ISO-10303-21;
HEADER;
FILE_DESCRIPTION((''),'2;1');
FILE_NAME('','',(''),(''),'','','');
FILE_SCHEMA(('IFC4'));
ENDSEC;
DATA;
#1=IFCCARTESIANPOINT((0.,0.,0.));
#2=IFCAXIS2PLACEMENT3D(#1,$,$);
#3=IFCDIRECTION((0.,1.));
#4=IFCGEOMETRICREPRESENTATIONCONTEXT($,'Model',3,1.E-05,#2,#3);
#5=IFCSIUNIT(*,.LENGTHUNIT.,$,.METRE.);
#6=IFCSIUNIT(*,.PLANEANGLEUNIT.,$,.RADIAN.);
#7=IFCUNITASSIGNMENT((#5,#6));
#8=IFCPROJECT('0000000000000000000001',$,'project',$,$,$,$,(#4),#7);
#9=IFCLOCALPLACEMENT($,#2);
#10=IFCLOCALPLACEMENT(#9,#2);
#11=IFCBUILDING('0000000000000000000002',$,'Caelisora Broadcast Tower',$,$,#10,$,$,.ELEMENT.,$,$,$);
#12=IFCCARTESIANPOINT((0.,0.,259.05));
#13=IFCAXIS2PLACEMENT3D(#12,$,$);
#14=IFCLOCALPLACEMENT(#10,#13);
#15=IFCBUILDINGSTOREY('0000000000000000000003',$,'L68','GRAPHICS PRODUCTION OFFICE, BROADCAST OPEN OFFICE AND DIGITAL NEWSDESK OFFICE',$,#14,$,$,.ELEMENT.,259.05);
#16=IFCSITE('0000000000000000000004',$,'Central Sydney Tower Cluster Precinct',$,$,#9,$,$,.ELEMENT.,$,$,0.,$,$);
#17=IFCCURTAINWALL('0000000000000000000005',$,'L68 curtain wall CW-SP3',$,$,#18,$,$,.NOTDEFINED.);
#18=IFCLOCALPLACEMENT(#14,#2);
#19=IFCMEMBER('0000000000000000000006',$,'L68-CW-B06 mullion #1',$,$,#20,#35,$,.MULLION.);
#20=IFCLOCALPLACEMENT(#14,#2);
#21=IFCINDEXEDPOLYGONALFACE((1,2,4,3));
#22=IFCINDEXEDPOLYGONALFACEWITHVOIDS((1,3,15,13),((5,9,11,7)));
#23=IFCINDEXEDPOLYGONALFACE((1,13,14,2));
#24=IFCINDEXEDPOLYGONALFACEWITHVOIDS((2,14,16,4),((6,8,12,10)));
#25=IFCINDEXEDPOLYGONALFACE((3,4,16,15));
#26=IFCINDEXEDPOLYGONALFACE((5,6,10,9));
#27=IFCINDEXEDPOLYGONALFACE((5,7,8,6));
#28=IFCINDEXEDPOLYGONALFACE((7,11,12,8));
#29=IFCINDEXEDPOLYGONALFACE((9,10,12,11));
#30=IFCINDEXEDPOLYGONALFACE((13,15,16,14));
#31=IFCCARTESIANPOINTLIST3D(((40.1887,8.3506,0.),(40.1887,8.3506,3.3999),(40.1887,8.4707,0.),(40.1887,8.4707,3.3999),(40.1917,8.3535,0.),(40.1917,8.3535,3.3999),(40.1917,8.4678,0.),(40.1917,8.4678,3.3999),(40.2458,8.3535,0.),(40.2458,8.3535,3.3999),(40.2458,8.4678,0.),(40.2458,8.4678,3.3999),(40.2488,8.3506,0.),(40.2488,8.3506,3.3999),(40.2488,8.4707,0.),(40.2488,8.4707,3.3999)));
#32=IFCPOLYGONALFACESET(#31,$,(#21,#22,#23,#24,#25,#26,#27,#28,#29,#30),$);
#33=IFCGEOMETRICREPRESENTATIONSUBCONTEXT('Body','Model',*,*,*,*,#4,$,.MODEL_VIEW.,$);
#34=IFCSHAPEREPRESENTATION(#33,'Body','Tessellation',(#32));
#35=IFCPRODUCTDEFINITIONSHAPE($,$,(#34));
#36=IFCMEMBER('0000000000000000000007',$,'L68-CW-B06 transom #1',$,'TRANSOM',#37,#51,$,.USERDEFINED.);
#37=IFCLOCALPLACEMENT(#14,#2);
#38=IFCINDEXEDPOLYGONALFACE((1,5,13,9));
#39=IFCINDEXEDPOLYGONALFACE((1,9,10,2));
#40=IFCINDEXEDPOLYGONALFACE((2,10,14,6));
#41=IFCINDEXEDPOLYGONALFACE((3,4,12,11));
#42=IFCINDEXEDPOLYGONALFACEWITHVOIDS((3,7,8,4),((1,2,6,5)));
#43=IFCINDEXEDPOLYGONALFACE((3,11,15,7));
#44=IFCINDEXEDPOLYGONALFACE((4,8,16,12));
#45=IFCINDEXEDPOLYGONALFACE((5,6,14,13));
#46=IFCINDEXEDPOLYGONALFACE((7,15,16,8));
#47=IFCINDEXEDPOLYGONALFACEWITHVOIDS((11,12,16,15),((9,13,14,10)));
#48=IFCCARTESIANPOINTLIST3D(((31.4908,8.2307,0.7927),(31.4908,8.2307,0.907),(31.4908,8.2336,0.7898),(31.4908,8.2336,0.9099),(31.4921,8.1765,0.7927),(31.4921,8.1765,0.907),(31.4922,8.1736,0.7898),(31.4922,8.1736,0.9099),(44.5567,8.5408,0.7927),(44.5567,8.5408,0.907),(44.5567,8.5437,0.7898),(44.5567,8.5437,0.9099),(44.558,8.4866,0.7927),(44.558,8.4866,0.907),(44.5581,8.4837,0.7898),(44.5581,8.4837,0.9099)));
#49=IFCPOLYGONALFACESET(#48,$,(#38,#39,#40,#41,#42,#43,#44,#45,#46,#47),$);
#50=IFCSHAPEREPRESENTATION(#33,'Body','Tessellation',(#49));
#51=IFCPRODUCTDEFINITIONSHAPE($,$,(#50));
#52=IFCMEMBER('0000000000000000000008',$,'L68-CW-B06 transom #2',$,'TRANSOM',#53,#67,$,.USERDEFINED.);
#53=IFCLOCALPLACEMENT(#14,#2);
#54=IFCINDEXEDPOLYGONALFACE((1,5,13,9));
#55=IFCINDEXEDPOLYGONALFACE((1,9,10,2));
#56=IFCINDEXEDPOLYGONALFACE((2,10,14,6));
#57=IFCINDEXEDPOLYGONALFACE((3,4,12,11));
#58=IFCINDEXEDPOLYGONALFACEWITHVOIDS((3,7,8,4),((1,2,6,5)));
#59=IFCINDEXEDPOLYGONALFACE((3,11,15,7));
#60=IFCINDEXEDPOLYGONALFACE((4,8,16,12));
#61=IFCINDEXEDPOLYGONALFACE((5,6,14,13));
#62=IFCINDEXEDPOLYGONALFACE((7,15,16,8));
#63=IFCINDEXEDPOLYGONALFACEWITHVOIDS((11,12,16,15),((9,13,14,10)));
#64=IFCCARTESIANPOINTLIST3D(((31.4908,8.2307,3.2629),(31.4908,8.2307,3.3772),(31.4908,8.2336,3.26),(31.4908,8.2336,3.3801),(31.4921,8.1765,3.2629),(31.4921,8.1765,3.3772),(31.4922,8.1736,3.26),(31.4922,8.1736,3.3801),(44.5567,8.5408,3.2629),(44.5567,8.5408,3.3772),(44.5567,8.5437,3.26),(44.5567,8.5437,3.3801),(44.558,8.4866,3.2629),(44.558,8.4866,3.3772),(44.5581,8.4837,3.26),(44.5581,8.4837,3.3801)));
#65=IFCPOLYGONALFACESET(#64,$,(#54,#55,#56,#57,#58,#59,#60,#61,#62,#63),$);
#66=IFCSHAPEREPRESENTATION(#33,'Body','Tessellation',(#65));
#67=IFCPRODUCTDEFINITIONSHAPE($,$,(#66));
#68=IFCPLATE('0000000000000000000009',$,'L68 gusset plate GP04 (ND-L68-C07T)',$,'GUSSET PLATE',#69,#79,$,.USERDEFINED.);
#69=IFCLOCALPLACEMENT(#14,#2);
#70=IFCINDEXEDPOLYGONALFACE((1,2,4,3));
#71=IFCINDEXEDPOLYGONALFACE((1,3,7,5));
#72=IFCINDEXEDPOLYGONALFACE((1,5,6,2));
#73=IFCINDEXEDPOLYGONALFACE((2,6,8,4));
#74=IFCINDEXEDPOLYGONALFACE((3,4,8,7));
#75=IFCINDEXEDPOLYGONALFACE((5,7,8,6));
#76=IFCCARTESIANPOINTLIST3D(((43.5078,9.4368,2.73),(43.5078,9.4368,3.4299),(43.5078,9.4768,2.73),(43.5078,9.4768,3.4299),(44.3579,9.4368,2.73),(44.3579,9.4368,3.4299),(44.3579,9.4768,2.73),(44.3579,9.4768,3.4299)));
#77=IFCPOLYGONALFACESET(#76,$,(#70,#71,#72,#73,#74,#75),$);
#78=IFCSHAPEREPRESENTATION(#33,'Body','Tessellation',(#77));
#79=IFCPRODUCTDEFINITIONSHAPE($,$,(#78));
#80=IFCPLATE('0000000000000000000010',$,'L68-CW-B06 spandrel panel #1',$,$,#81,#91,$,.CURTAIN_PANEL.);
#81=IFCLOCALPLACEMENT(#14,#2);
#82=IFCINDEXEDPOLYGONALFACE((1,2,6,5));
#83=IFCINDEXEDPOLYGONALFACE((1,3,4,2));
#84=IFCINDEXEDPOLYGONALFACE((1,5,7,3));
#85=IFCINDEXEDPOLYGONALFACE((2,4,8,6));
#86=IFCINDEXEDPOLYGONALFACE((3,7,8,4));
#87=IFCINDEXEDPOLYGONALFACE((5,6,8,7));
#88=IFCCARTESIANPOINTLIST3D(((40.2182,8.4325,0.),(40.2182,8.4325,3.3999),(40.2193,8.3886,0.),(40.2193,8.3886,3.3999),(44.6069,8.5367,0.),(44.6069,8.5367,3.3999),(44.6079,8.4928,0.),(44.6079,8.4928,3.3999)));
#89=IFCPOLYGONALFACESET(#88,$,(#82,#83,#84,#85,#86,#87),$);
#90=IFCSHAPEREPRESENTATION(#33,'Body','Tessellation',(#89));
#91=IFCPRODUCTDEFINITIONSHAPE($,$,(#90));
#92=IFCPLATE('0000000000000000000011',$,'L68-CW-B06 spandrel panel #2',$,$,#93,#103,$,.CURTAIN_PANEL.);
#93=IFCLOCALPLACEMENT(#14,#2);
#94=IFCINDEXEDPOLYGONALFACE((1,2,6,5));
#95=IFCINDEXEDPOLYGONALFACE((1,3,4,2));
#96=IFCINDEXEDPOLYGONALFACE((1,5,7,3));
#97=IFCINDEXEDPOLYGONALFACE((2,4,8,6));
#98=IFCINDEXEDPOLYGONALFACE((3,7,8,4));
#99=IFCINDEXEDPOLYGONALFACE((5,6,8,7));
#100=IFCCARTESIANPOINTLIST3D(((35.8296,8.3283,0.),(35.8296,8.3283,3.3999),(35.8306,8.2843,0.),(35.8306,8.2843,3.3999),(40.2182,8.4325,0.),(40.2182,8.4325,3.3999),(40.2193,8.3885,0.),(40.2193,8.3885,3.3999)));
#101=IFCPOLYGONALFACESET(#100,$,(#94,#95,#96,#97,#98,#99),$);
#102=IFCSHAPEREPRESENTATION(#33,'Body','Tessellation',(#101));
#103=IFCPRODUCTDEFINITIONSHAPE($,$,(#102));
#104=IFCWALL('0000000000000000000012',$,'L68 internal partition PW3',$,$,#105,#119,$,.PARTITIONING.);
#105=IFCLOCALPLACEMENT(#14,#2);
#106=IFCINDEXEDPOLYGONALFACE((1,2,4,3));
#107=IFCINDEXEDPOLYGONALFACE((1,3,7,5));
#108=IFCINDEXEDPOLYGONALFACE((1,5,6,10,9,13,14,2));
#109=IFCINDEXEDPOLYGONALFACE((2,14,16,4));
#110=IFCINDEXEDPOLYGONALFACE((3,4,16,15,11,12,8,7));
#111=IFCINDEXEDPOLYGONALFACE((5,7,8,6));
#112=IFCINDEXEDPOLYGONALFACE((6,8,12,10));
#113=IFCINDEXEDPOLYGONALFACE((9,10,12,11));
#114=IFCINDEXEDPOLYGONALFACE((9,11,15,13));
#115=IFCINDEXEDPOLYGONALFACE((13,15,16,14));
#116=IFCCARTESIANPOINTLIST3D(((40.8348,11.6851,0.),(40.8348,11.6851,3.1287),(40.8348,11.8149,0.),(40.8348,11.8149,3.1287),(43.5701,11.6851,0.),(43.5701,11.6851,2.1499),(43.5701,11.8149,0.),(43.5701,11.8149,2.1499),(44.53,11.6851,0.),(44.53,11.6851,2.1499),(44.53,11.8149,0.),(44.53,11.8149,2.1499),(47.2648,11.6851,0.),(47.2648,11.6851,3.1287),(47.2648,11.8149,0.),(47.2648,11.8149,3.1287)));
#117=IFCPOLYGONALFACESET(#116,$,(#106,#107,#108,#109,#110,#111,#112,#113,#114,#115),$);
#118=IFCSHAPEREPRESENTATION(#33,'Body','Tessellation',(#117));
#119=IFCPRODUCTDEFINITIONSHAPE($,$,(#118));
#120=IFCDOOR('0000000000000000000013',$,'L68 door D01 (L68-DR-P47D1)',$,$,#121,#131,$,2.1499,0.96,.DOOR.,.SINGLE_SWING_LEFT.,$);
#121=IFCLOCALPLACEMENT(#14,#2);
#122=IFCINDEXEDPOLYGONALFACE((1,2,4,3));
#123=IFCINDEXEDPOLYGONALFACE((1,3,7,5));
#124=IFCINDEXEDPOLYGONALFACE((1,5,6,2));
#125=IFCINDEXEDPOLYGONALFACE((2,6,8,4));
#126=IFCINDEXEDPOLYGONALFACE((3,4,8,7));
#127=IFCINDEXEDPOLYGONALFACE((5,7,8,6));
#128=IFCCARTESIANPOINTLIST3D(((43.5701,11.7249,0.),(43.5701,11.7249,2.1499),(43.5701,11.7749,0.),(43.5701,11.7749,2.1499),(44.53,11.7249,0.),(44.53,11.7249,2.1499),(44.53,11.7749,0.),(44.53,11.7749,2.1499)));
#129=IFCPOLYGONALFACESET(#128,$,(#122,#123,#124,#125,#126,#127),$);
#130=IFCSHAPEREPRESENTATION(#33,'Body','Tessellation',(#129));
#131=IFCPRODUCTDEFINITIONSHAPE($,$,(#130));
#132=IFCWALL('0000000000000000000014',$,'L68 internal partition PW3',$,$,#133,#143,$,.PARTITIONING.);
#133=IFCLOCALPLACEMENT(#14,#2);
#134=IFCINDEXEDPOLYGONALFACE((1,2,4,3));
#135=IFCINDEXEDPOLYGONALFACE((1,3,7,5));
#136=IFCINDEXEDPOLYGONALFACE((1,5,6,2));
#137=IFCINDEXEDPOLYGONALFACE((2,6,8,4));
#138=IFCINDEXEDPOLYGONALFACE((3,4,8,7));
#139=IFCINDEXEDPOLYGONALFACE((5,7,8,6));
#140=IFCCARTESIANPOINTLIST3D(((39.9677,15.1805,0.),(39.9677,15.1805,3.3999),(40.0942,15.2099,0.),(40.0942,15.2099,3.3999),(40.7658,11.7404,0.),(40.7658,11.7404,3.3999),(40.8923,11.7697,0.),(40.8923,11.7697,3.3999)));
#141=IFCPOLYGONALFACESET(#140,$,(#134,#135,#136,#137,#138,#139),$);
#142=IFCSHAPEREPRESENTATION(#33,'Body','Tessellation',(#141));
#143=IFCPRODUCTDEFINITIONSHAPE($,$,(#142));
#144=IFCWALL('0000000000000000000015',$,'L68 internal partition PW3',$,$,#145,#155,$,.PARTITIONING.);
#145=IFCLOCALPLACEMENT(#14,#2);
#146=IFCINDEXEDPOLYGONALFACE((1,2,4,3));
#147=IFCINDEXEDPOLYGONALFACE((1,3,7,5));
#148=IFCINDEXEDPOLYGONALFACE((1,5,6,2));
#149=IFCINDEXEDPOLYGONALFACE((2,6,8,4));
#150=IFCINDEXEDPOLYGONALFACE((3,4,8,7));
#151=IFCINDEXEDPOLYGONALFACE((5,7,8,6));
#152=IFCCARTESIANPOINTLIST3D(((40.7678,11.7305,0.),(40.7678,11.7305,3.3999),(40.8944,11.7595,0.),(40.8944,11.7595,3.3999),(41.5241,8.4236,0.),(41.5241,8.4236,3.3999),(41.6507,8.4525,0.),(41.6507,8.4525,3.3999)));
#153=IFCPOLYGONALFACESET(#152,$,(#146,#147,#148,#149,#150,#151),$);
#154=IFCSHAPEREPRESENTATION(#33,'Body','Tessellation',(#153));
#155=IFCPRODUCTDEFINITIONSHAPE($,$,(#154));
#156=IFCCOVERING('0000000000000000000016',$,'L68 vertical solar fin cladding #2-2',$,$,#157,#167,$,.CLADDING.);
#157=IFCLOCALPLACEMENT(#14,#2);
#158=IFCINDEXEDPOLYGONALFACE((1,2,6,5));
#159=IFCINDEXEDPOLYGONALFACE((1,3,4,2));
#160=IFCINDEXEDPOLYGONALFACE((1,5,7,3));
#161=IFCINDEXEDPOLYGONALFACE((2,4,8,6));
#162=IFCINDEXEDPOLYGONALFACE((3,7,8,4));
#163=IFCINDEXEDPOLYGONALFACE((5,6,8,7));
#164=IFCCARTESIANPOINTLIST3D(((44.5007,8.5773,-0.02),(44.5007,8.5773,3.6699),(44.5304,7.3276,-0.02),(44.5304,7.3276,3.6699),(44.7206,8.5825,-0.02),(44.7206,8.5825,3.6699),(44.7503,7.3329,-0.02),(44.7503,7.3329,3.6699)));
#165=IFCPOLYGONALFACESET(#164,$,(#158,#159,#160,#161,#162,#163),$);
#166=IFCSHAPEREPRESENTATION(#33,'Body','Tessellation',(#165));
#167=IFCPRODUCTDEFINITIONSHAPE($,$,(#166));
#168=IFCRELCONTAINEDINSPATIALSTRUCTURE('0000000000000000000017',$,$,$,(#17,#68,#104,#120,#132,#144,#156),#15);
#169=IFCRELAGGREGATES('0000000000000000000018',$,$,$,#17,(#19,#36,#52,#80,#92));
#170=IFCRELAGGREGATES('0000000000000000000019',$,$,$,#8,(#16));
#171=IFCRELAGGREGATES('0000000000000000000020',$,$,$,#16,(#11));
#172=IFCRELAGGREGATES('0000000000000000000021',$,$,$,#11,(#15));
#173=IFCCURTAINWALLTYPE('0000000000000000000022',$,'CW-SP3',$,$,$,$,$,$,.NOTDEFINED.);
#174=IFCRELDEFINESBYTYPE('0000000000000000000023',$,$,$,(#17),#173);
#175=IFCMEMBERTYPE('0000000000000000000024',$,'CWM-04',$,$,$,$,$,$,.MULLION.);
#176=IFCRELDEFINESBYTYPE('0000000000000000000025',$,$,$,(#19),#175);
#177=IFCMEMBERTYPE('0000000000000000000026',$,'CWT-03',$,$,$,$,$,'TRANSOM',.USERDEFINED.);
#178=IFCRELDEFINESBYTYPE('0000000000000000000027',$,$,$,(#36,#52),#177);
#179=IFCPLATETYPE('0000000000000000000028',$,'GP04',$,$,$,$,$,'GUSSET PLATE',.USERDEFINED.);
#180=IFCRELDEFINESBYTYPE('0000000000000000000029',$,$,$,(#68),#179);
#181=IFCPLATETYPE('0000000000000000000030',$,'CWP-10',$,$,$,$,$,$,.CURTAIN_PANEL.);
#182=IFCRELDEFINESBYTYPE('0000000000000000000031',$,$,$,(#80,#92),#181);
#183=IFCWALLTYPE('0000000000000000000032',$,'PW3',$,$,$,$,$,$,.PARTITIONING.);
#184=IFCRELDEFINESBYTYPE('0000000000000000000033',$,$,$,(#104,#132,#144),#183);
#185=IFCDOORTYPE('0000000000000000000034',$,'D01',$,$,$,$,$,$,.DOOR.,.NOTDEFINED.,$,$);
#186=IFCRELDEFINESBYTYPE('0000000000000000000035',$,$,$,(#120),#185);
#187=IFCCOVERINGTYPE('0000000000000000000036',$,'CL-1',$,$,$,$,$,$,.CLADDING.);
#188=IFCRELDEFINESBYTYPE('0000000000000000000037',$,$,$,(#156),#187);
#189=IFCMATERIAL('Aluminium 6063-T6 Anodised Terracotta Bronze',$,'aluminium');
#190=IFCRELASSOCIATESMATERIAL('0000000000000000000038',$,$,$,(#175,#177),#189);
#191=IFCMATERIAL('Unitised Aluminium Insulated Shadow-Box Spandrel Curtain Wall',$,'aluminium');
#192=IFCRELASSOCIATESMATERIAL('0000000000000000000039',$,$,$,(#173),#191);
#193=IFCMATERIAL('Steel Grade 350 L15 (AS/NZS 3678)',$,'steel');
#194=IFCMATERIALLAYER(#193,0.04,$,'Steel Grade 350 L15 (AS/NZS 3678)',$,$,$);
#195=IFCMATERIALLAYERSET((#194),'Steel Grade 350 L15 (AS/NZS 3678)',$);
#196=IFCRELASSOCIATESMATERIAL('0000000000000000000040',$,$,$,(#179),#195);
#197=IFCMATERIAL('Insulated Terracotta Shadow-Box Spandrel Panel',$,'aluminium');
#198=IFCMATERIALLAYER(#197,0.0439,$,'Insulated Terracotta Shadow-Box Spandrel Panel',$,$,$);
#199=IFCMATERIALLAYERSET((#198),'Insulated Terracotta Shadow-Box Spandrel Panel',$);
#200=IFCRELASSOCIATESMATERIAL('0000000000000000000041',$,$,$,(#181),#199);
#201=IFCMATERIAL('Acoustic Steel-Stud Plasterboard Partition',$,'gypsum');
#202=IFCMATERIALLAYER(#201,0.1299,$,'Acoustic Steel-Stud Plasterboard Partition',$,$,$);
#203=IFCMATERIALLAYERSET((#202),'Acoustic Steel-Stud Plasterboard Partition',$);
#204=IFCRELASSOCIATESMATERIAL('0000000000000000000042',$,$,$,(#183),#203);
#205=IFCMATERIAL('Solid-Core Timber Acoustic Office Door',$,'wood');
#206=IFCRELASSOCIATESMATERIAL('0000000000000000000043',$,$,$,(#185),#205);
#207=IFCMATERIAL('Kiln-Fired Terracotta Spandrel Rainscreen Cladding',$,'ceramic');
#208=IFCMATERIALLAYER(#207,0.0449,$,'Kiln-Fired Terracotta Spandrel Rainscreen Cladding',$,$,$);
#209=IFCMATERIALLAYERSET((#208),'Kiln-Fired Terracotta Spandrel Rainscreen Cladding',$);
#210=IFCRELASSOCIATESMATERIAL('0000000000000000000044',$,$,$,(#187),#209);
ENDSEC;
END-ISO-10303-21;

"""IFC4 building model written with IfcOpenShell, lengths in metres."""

from ifc_helpers import new_model, si_unit, direction, frame, frame_2d, origin, origin_2d, place, context, subcontext, project, spatial, rectangle, hollow_rectangle, extrude, source, transform, mapped, material, layer, layer_set, material_profile, profile_set, type_object, type_shapes, element, fill, aggregate, save


model = new_model("IFC4")

# Units and contexts
model_context = context("Model", 3, precision=1e-05, world=origin(), true_north=direction((0.0, 1.0)))
body_context = subcontext(model_context, "Body", "Model", "MODEL_VIEW")
ifc_project = project(units=[si_unit("LENGTHUNIT", "METRE"), si_unit("PLANEANGLEUNIT", "RADIAN")], contexts=[model_context])

# Site, building, storey
site_placement = place(None, origin())
site = spatial("IfcSite", under=ifc_project, at=site_placement, Name="Central Sydney Tower Cluster Precinct", CompositionType="ELEMENT", RefElevation=0.0)
building_placement = place(site_placement, origin())
building = spatial("IfcBuilding", under=site, at=building_placement, Name="Caelisora Broadcast Tower", CompositionType="ELEMENT")
storey_placement = place(building_placement, frame((0.0, 0.0, 259.05)))
storey = spatial("IfcBuildingStorey", under=building, at=storey_placement, Name="L68", Description="GRAPHICS PRODUCTION OFFICE, BROADCAST OPEN OFFICE AND DIGITAL NEWSDESK OFFICE", CompositionType="ELEMENT", Elevation=259.05)

# Shared definitions
ifc_material_1 = material(Name="Steel Grade 350 L15 (AS/NZS 3678)", Category="steel")

# Shared definitions
ifc_material_2 = material(Name="Aluminium 6063-T6 Anodised Terracotta Bronze", Category="aluminium")
ifc_material_profile_1 = material_profile(ifc_material_2, hollow_rectangle(XDim=0.0601, YDim=0.1201, WallThickness=0.0029, at=origin_2d()), Name="Aluminium 6063-T6 Anodised Terracotta Bronze")
ifc_profile_set_1 = profile_set([ifc_material_profile_1], Name="Aluminium 6063-T6 Anodised Terracotta Bronze")
member_type_1 = type_object("IfcMemberType", Name="CWM-04", PredefinedType="MULLION", material=ifc_profile_set_1)
shared_shape_1 = source(origin(), body_context, "Body", "SweptSolid", [
    extrude(hollow_rectangle(XDim=0.0601, YDim=0.1201, WallThickness=0.0029, at=origin_2d()), origin(), (0.0, 0.0, 1.0), 3.3999),
])
type_shapes(member_type_1, [shared_shape_1])

# Curtain wall, members
ifc_material_3 = material(Name="Unitised Aluminium Insulated Shadow-Box Spandrel Curtain Wall", Category="aluminium")
curtain_wall_type_1 = type_object("IfcCurtainWallType", Name="CW-SP3", PredefinedType="NOTDEFINED", material=ifc_material_3)
curtain_wall_1_placement = place(storey_placement, origin())
curtain_wall_1 = element("IfcCurtainWall", 1, at=curtain_wall_1_placement, inside=storey, type_object=curtain_wall_type_1, Name="L68 curtain wall CW-SP3", PredefinedType="NOTDEFINED")
member_1_placement = place(storey_placement, frame((40.2188, 8.4106, 0.0), z_axis=(0.0, 0.0, 1.0), x_axis=(1.0, 0.0, 0.0)))
member_1 = element("IfcMember", 2, at=member_1_placement, type_object=member_type_1, Name="L68-CW-B06 mullion #1", PredefinedType="MULLION", context=body_context, shape_type="MappedRepresentation", body=[
    mapped(shared_shape_1, transform((0.0, 0.0, 0.0), scale=1.0)),
])
ifc_material_profile_2 = material_profile(ifc_material_2, hollow_rectangle(XDim=0.0601, YDim=0.1201, WallThickness=0.0029, at=origin_2d()), Name="Aluminium 6063-T6 Anodised Terracotta Bronze")
ifc_profile_set_2 = profile_set([ifc_material_profile_2], Name="Aluminium 6063-T6 Anodised Terracotta Bronze")
member_type_2 = type_object("IfcMemberType", Name="CWT-03", ElementType="TRANSOM", PredefinedType="USERDEFINED", material=ifc_profile_set_2)
shared_shape_2 = source(origin(), body_context, "Body", "SweptSolid", [
    extrude(hollow_rectangle(XDim=0.0601, YDim=0.1201, WallThickness=0.0029, at=origin_2d()), origin(), (0.0, 0.0, 1.0), 13.0696),
])
type_shapes(member_type_2, [shared_shape_2])
member_2_placement = place(storey_placement, frame((44.5574, 8.5137, 0.8499), z_axis=(-0.999719, -0.023724, 0.0), x_axis=(0.023724, -0.999719, 0.0)))
member_2 = element("IfcMember", 3, at=member_2_placement, type_object=member_type_2, Name="L68-CW-B06 transom #1", ObjectType="TRANSOM", PredefinedType="USERDEFINED", context=body_context, shape_type="MappedRepresentation", body=[
    mapped(shared_shape_2, transform((0.0, 0.0, 0.0), scale=1.0)),
])
member_3_placement = place(storey_placement, frame((44.5574, 8.5137, 3.3201), z_axis=(-0.999719, -0.023724, 0.0), x_axis=(0.023724, -0.999719, 0.0)))
member_3 = element("IfcMember", 4, at=member_3_placement, type_object=member_type_2, Name="L68-CW-B06 transom #2", ObjectType="TRANSOM", PredefinedType="USERDEFINED", context=body_context, shape_type="MappedRepresentation", body=[
    mapped(shared_shape_2, transform((0.0, 0.0, 0.0), scale=1.0)),
])

# Plates
ifc_layer_1 = layer(ifc_material_1, 0.04, Name="Steel Grade 350 L15 (AS/NZS 3678)")
ifc_layer_set_1 = layer_set([ifc_layer_1], Name="Steel Grade 350 L15 (AS/NZS 3678)")
plate_type_1 = type_object("IfcPlateType", Name="GP04", ElementType="GUSSET PLATE", PredefinedType="USERDEFINED", material=ifc_layer_set_1)
shared_shape_3 = source(origin(), body_context, "Body", "SweptSolid", [
    extrude(rectangle(XDim=0.8501, YDim=0.04, at=origin_2d()), origin(), (0.0, 0.0, 1.0), 0.7),
])
type_shapes(plate_type_1, [shared_shape_3])
plate_1_placement = place(storey_placement, frame((43.9329, 9.4568, 2.73), z_axis=(0.0, 0.0, 1.0), x_axis=(1.0, 0.0, 0.0)))
element("IfcPlate", 5, at=plate_1_placement, inside=storey, type_object=plate_type_1, Name="L68 gusset plate GP04 (ND-L68-C07T)", ObjectType="GUSSET PLATE", PredefinedType="USERDEFINED", context=body_context, shape_type="MappedRepresentation", body=[
    mapped(shared_shape_3, transform((0.0, 0.0, 0.0), scale=1.0)),
])
ifc_material_4 = material(Name="Insulated Terracotta Shadow-Box Spandrel Panel", Category="aluminium")
ifc_layer_2 = layer(ifc_material_4, 0.0439, Name="Insulated Terracotta Shadow-Box Spandrel Panel")
ifc_layer_set_2 = layer_set([ifc_layer_2], Name="Insulated Terracotta Shadow-Box Spandrel Panel")
plate_type_2 = type_object("IfcPlateType", Name="CWP-10", PredefinedType="CURTAIN_PANEL", material=ifc_layer_set_2)
shared_shape_4 = source(origin(), body_context, "Body", "SweptSolid", [
    extrude(rectangle(XDim=4.3899, YDim=0.0439, at=origin_2d()), origin(), (0.0, 0.0, 1.0), 3.3999),
])
type_shapes(plate_type_2, [shared_shape_4])
plate_2_placement = place(storey_placement, frame((42.4131, 8.4626, 0.0), z_axis=(0.0, 0.0, 1.0), x_axis=(-0.999718, -0.023734, 0.0)))
plate_2 = element("IfcPlate", 6, at=plate_2_placement, type_object=plate_type_2, Name="L68-CW-B06 spandrel panel #1", PredefinedType="CURTAIN_PANEL", context=body_context, shape_type="MappedRepresentation", body=[
    mapped(shared_shape_4, transform((0.0, 0.0, 0.0), scale=1.0)),
])
plate_3_placement = place(storey_placement, frame((38.0244, 8.3584, 0.0), z_axis=(0.0, 0.0, 1.0), x_axis=(-0.999718, -0.023734, 0.0)))
plate_3 = element("IfcPlate", 7, at=plate_3_placement, type_object=plate_type_2, Name="L68-CW-B06 spandrel panel #2", PredefinedType="CURTAIN_PANEL", context=body_context, shape_type="MappedRepresentation", body=[
    mapped(shared_shape_4, transform((0.0, 0.0, 0.0), scale=1.0)),
])
aggregate(curtain_wall_1, [member_1, member_2, member_3, plate_2, plate_3])

# Wall, opening, door
ifc_material_5 = material(Name="Acoustic Steel-Stud Plasterboard Partition", Category="gypsum")
ifc_layer_3 = layer(ifc_material_5, 0.1299, Name="Acoustic Steel-Stud Plasterboard Partition")
ifc_layer_set_3 = layer_set([ifc_layer_3], Name="Acoustic Steel-Stud Plasterboard Partition")
wall_type = type_object("IfcWallType", Name="PW3", PredefinedType="PARTITIONING", material=ifc_layer_set_3)
wall_1_placement = place(storey_placement, frame((40.835, 11.75, 0.0), z_axis=(0.0, 0.0, 1.0), x_axis=(1.0, 0.0, 0.0)))
wall_1 = element("IfcWall", 8, at=wall_1_placement, inside=storey, type_object=wall_type, Name="L68 internal partition PW3", PredefinedType="PARTITIONING", context=body_context, shape_type="SweptSolid", body=[
    extrude(rectangle(XDim=6.4299, YDim=0.1299, at=frame_2d((3.2148, 0.0))), origin(), (0.0, 0.0, 1.0), 3.1287),
])
opening_placement = place(wall_1_placement, frame((2.7351, 0.0, 0.0)))
opening = element("IfcOpeningElement", 9, at=opening_placement, cuts=wall_1, PredefinedType="OPENING", context=body_context, shape_type="SweptSolid", body=[
    extrude(rectangle(XDim=0.96, YDim=2.1499, at=frame_2d((0.48, 1.075))), frame((0.0, 0.0769, 0.0), z_axis=(0.0, -1.0, 0.0), x_axis=(1.0, 0.0, 0.0)), (0.0, 0.0, 1.0), 0.1538),
])
ifc_material_6 = material(Name="Solid-Core Timber Acoustic Office Door", Category="wood")
door_type = type_object("IfcDoorType", Name="D01", OperationType="NOTDEFINED", PredefinedType="DOOR", material=ifc_material_6)
door_placement = place(opening_placement, origin())
door = element("IfcDoor", 10, at=door_placement, inside=storey, type_object=door_type, Name="L68 door D01 (L68-DR-P47D1)", OperationType="SINGLE_SWING_LEFT", OverallHeight=2.1499, OverallWidth=0.96, PredefinedType="DOOR", context=body_context, shape_type="SweptSolid", body=[
    extrude(rectangle(XDim=0.96, YDim=2.1499, at=frame_2d((0.48, 1.075))), frame((0.0, 0.0249, 0.0), z_axis=(0.0, -1.0, 0.0), x_axis=(1.0, 0.0, 0.0)), (0.0, 0.0, 1.0), 0.05),
])
fill(opening, door)

# Walls
wall_2_placement = place(storey_placement, frame((40.031, 15.1951, 0.0), z_axis=(0.0, 0.0, 1.0), x_axis=(0.22599, -0.97413, 0.0)))
element("IfcWall", 11, at=wall_2_placement, inside=storey, type_object=wall_type, Name="L68 internal partition PW3", PredefinedType="PARTITIONING", context=body_context, shape_type="SweptSolid", body=[
    extrude(rectangle(XDim=3.5315, YDim=0.1299, at=frame_2d((1.7656, 0.0))), origin(), (0.0, 0.0, 1.0), 3.3999),
])
wall_3_placement = place(storey_placement, frame((40.8311, 11.7451, 0.0), z_axis=(0.0, 0.0, 1.0), x_axis=(0.222962, -0.974827, 0.0)))
element("IfcWall", 12, at=wall_3_placement, inside=storey, type_object=wall_type, Name="L68 internal partition PW3", PredefinedType="PARTITIONING", context=body_context, shape_type="SweptSolid", body=[
    extrude(rectangle(XDim=3.3923, YDim=0.1299, at=frame_2d((1.6963, 0.0))), origin(), (0.0, 0.0, 1.0), 3.3999),
])

# Covering
ifc_material_7 = material(Name="Kiln-Fired Terracotta Spandrel Rainscreen Cladding", Category="ceramic")
ifc_layer_4 = layer(ifc_material_7, 0.0449, Name="Kiln-Fired Terracotta Spandrel Rainscreen Cladding")
ifc_layer_set_4 = layer_set([ifc_layer_4], Name="Kiln-Fired Terracotta Spandrel Rainscreen Cladding")
covering_type = type_object("IfcCoveringType", Name="CL-1", PredefinedType="CLADDING", material=ifc_layer_set_4)
shared_shape_5 = source(origin(), body_context, "Body", "SweptSolid", [
    extrude(rectangle(XDim=0.22, YDim=1.25, at=origin_2d()), origin(), (0.0, 0.0, 1.0), 3.6899),
])
covering_1_placement = place(storey_placement, frame((44.6255, 7.9551, -0.02), z_axis=(0.0, 0.0, 1.0), x_axis=(-0.999718, -0.023734, 0.0)))
element("IfcCovering", 13, at=covering_1_placement, inside=storey, type_object=covering_type, Name="L68 vertical solar fin cladding #2-2", PredefinedType="CLADDING", context=body_context, shape_type="MappedRepresentation", body=[
    mapped(shared_shape_5, transform((0.0, 0.0, 0.0), scale=1.0)),
])

save(model, "model.ifc")
